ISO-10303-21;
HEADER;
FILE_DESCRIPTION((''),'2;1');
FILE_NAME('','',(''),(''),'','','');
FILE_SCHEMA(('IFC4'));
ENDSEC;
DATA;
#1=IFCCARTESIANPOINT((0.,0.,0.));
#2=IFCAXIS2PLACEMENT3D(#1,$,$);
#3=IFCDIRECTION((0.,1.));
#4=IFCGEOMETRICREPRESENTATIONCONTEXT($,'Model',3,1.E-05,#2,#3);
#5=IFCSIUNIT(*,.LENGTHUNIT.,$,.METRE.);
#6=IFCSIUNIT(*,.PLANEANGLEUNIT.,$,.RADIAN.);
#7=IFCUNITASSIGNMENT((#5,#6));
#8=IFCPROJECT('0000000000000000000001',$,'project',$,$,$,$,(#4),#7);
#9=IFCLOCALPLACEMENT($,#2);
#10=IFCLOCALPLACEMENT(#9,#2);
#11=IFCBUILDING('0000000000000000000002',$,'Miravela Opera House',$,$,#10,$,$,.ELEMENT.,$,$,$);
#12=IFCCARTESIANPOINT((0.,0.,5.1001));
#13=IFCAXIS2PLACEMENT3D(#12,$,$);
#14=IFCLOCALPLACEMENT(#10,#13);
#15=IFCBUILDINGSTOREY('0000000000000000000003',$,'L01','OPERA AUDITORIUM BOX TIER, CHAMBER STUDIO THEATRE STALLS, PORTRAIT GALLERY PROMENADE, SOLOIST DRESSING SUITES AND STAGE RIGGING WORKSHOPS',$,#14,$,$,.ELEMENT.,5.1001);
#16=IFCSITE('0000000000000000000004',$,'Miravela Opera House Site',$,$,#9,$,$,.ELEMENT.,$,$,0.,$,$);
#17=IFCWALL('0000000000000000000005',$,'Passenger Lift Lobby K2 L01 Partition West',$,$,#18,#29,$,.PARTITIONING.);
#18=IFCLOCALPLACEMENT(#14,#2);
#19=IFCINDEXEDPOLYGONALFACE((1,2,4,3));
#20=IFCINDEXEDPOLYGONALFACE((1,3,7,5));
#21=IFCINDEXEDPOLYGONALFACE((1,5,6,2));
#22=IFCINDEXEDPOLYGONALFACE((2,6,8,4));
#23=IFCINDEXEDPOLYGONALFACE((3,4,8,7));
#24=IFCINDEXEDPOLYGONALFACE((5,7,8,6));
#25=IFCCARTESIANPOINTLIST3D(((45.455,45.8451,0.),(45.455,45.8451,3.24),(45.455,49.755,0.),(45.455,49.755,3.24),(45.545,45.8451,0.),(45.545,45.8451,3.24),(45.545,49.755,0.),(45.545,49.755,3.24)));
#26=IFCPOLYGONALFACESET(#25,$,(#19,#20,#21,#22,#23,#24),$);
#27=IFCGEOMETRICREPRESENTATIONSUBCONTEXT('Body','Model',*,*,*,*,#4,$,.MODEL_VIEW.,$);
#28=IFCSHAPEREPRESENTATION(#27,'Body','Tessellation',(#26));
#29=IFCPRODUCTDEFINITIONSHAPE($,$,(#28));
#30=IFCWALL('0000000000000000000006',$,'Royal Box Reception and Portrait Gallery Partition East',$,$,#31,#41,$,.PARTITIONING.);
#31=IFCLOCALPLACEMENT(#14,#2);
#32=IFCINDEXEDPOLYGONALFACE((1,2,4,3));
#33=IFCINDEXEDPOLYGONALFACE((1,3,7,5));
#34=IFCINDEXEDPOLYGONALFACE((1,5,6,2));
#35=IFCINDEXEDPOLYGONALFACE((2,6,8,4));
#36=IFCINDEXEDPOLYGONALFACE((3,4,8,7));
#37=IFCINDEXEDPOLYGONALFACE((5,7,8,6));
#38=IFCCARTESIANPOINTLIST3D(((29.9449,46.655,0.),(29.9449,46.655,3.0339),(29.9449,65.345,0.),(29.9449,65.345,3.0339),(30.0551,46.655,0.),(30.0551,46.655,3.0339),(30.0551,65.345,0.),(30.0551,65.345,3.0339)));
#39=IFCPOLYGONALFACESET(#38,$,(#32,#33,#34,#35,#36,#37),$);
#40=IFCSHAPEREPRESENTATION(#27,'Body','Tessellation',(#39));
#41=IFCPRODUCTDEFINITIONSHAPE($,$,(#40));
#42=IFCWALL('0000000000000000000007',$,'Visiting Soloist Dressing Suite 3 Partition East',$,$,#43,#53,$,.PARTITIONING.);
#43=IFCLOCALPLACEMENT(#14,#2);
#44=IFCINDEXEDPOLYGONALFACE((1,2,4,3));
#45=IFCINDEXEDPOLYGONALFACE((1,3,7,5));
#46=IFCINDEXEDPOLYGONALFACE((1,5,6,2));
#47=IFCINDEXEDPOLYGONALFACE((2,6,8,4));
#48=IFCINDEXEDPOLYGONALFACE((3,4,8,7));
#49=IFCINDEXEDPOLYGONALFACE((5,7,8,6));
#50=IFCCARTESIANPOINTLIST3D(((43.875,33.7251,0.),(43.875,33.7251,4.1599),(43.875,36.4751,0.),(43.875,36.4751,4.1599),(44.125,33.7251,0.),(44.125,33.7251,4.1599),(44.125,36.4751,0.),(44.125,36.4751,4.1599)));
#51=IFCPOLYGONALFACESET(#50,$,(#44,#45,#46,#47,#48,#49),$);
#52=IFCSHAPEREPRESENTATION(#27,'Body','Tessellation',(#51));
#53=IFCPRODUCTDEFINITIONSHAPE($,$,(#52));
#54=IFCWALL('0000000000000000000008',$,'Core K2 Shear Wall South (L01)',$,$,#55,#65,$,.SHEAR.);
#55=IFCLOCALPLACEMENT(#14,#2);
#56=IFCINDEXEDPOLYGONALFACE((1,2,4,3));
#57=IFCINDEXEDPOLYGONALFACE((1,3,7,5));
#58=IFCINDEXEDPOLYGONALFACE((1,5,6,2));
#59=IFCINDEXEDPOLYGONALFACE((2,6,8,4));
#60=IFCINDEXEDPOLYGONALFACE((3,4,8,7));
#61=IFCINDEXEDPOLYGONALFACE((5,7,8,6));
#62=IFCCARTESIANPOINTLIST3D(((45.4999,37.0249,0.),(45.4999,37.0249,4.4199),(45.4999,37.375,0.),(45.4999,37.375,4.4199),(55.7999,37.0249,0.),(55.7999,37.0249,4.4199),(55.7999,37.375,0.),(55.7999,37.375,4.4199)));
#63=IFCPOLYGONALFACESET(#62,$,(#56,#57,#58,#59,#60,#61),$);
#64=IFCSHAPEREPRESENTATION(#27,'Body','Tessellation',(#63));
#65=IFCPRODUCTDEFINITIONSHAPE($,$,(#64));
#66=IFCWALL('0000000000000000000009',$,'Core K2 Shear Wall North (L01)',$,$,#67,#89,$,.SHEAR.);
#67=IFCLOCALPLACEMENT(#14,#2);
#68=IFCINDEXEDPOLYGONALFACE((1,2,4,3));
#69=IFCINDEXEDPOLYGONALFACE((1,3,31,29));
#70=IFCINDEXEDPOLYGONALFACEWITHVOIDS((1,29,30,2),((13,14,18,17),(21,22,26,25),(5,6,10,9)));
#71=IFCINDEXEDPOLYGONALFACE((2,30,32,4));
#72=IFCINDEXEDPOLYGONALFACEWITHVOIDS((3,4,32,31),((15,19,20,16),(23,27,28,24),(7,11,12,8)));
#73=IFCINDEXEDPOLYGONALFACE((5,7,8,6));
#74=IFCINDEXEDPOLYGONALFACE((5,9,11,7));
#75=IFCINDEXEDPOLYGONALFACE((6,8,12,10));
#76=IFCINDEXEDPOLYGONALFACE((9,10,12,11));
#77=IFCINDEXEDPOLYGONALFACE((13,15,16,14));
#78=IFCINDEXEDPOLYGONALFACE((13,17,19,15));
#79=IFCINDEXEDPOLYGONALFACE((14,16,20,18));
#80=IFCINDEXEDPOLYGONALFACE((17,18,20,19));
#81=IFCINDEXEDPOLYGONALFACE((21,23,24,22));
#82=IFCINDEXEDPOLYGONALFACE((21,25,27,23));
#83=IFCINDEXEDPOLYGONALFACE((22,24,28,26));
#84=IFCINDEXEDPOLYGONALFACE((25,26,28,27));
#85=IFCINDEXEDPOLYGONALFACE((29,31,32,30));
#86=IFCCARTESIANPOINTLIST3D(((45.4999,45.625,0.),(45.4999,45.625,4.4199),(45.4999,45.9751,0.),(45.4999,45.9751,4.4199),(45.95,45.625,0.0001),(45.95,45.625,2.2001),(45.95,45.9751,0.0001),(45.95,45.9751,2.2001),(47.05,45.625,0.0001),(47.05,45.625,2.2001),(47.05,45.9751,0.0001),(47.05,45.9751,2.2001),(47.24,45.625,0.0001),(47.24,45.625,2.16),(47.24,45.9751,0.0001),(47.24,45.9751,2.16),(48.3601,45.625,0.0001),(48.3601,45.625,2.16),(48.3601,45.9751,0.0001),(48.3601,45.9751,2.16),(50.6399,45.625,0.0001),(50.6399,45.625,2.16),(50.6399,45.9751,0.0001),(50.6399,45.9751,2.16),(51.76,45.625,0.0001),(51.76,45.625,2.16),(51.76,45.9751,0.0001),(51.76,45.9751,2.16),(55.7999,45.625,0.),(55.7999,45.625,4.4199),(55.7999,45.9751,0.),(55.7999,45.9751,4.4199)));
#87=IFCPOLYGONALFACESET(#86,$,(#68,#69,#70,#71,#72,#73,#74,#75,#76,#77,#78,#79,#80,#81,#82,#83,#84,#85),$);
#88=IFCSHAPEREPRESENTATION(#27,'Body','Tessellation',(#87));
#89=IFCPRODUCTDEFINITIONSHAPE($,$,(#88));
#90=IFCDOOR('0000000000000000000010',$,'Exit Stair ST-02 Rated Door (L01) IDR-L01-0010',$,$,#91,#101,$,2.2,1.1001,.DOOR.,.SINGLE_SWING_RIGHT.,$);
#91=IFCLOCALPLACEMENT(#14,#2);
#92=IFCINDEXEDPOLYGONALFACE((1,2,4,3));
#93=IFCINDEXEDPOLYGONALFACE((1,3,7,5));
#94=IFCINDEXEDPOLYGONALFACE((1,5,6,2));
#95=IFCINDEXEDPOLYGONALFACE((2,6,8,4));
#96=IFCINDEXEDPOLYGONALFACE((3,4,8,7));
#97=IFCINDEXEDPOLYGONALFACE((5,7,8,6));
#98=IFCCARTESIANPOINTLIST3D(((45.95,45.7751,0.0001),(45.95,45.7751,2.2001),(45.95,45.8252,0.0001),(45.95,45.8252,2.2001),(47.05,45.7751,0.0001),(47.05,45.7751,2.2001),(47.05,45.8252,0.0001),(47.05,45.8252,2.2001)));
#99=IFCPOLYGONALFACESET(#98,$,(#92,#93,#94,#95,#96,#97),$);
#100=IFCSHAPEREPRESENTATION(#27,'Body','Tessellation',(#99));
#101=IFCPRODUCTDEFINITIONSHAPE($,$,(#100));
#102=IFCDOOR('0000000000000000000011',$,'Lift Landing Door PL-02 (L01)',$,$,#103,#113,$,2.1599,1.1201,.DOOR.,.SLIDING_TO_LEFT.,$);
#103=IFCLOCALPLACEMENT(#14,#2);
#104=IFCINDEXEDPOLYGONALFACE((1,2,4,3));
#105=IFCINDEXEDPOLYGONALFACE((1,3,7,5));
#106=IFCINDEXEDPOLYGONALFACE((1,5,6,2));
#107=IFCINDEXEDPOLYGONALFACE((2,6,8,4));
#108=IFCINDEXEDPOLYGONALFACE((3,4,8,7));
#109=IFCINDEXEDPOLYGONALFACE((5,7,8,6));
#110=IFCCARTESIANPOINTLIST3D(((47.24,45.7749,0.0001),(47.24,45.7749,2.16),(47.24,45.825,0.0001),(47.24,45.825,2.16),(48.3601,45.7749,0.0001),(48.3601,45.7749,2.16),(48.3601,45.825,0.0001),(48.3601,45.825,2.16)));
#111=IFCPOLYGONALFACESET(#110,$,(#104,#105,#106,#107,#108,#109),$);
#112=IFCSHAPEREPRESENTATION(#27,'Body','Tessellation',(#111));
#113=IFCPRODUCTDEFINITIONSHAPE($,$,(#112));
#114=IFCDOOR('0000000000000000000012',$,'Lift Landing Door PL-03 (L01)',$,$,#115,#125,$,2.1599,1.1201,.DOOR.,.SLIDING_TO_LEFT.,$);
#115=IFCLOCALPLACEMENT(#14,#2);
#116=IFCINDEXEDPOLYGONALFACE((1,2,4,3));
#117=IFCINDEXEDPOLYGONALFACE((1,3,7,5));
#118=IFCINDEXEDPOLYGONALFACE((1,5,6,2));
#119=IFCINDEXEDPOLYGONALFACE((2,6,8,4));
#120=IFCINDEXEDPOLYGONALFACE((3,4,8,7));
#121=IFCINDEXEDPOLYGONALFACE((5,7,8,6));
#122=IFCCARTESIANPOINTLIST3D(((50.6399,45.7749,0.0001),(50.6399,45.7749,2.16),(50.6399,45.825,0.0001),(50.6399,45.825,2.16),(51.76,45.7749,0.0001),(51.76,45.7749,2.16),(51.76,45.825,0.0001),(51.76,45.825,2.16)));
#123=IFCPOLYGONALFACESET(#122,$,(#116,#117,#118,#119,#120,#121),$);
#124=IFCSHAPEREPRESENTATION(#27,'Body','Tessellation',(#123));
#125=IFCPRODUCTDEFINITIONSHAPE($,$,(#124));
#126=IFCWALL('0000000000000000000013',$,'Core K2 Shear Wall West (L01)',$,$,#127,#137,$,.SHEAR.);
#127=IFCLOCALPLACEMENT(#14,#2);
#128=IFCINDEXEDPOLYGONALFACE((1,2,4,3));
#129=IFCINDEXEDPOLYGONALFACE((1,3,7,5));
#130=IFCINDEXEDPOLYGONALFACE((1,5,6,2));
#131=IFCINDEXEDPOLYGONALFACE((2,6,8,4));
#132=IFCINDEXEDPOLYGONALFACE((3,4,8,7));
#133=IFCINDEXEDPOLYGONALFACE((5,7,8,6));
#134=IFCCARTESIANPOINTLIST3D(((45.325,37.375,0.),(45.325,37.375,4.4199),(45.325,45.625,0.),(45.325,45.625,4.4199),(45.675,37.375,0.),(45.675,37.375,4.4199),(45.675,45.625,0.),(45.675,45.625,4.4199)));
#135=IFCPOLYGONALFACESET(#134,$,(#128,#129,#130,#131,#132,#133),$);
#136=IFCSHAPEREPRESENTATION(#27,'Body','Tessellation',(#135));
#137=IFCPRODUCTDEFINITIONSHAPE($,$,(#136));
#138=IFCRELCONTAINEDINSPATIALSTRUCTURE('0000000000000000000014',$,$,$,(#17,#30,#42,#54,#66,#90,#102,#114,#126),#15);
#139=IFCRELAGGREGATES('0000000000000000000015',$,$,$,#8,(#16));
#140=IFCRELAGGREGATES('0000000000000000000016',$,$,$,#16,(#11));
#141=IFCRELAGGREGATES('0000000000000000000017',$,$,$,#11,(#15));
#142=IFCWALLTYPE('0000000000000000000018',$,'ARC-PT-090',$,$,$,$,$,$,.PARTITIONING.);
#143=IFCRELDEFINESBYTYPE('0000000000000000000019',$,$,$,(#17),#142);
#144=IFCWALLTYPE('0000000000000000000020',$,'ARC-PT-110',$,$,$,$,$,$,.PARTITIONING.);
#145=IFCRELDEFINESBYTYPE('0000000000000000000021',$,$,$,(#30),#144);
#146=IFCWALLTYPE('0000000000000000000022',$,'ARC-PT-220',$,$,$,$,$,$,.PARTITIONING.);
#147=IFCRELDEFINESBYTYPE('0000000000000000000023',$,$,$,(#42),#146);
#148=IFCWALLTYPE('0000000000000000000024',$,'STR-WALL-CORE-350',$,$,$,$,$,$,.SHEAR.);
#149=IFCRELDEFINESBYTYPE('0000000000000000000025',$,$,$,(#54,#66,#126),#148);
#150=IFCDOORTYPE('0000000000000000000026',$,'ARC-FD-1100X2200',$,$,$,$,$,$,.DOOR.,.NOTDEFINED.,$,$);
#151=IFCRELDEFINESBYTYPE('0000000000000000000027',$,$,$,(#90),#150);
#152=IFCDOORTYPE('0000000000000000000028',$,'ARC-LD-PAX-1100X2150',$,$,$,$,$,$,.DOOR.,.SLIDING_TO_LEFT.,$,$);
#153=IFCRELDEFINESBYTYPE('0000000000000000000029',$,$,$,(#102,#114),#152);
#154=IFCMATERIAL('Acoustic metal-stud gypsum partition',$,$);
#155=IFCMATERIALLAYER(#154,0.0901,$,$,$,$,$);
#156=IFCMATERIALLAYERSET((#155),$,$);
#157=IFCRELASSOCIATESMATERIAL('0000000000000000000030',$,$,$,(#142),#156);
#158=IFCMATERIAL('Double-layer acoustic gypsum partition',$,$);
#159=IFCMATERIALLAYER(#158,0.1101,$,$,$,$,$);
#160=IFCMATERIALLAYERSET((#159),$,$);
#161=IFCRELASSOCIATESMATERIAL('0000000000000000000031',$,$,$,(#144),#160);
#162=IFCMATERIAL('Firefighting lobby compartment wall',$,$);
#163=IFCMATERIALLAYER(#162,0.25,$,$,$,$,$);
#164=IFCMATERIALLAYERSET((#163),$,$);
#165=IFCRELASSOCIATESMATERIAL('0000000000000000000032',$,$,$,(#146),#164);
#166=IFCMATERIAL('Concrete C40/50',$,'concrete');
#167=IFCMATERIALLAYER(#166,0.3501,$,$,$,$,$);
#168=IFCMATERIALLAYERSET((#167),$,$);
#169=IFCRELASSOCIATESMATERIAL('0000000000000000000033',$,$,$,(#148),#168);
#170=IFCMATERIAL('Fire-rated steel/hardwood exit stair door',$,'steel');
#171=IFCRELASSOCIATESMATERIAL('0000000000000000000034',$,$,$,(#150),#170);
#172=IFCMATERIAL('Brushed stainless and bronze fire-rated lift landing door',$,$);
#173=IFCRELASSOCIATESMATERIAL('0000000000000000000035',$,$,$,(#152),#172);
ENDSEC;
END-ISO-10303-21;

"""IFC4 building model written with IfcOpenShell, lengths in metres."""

from ifc_helpers import new_model, si_unit, direction, frame, frame_2d, origin, place, context, subcontext, project, spatial, rectangle, extrude, material, layer, layer_set, type_object, element, fill, save


model = new_model("IFC4")

# Units and contexts
model_context = context("Model", 3, precision=1e-05, world=origin(), true_north=direction((0.0, 1.0)))
body_context = subcontext(model_context, "Body", "Model", "MODEL_VIEW")
ifc_project = project(units=[si_unit("LENGTHUNIT", "METRE"), si_unit("PLANEANGLEUNIT", "RADIAN")], contexts=[model_context])

# Site, building, storey
site_placement = place(None, origin())
site = spatial("IfcSite", under=ifc_project, at=site_placement, Name="Miravela Opera House Site", CompositionType="ELEMENT", RefElevation=0.0)
building_placement = place(site_placement, origin())
building = spatial("IfcBuilding", under=site, at=building_placement, Name="Miravela Opera House", CompositionType="ELEMENT")
storey_placement = place(building_placement, frame((0.0, 0.0, 5.1001)))
storey = spatial("IfcBuildingStorey", under=building, at=storey_placement, Name="L01", Description="OPERA AUDITORIUM BOX TIER, CHAMBER STUDIO THEATRE STALLS, PORTRAIT GALLERY PROMENADE, SOLOIST DRESSING SUITES AND STAGE RIGGING WORKSHOPS", CompositionType="ELEMENT", Elevation=5.1001)

# Shared definitions
ifc_material_1 = material(Name="Concrete C40/50", Category="concrete")

# Walls
ifc_material_2 = material(Name="Acoustic metal-stud gypsum partition")
ifc_layer_1 = layer(ifc_material_2, 0.0901)
ifc_layer_set_1 = layer_set([ifc_layer_1])
wall_type_1 = type_object("IfcWallType", Name="ARC-PT-090", PredefinedType="PARTITIONING", material=ifc_layer_set_1)
wall_1_placement = place(storey_placement, frame((45.5, 45.845, 0.0), z_axis=(0.0, 0.0, 1.0), x_axis=(0.0, 1.0, 0.0)))
element("IfcWall", 1, at=wall_1_placement, inside=storey, type_object=wall_type_1, Name="Passenger Lift Lobby K2 L01 Partition West", PredefinedType="PARTITIONING", context=body_context, shape_type="SweptSolid", body=[
    extrude(rectangle(XDim=3.9099, YDim=0.0901, at=frame_2d((1.9551, 0.0))), origin(), (0.0, 0.0, 1.0), 3.24),
])
ifc_material_3 = material(Name="Double-layer acoustic gypsum partition")
ifc_layer_2 = layer(ifc_material_3, 0.1101)
ifc_layer_set_2 = layer_set([ifc_layer_2])
wall_type_2 = type_object("IfcWallType", Name="ARC-PT-110", PredefinedType="PARTITIONING", material=ifc_layer_set_2)
wall_2_placement = place(storey_placement, frame((30.0, 46.655, 0.0), z_axis=(0.0, 0.0, 1.0), x_axis=(0.0, 1.0, 0.0)))
element("IfcWall", 2, at=wall_2_placement, inside=storey, type_object=wall_type_2, Name="Royal Box Reception and Portrait Gallery Partition East", PredefinedType="PARTITIONING", context=body_context, shape_type="SweptSolid", body=[
    extrude(rectangle(XDim=18.6899, YDim=0.1101, at=frame_2d((9.345, 0.0))), origin(), (0.0, 0.0, 1.0), 3.0339),
])
ifc_material_4 = material(Name="Firefighting lobby compartment wall")
ifc_layer_3 = layer(ifc_material_4, 0.25)
ifc_layer_set_3 = layer_set([ifc_layer_3])
wall_type_3 = type_object("IfcWallType", Name="ARC-PT-220", PredefinedType="PARTITIONING", material=ifc_layer_set_3)
wall_3_placement = place(storey_placement, frame((44.0, 33.7251, 0.0), z_axis=(0.0, 0.0, 1.0), x_axis=(0.0, 1.0, 0.0)))
element("IfcWall", 3, at=wall_3_placement, inside=storey, type_object=wall_type_3, Name="Visiting Soloist Dressing Suite 3 Partition East", PredefinedType="PARTITIONING", context=body_context, shape_type="SweptSolid", body=[
    extrude(rectangle(XDim=2.75, YDim=0.25, at=frame_2d((1.375, 0.0))), origin(), (0.0, 0.0, 1.0), 4.1599),
])
ifc_layer_4 = layer(ifc_material_1, 0.3501)
ifc_layer_set_4 = layer_set([ifc_layer_4])
wall_type_4 = type_object("IfcWallType", Name="STR-WALL-CORE-350", PredefinedType="SHEAR", material=ifc_layer_set_4)
wall_4_placement = place(storey_placement, frame((45.5, 37.2, 0.0), z_axis=(0.0, 0.0, 1.0), x_axis=(1.0, 0.0, 0.0)))
element("IfcWall", 4, at=wall_4_placement, inside=storey, type_object=wall_type_4, Name="Core K2 Shear Wall South (L01)", PredefinedType="SHEAR", context=body_context, shape_type="SweptSolid", body=[
    extrude(rectangle(XDim=10.3, YDim=0.3501, at=frame_2d((5.1499, 0.0))), origin(), (0.0, 0.0, 1.0), 4.4199),
])

# Wall, openings, doors
wall_5_placement = place(storey_placement, frame((45.5, 45.8, 0.0), z_axis=(0.0, 0.0, 1.0), x_axis=(1.0, 0.0, 0.0)))
wall_5 = element("IfcWall", 5, at=wall_5_placement, inside=storey, type_object=wall_type_4, Name="Core K2 Shear Wall North (L01)", PredefinedType="SHEAR", context=body_context, shape_type="SweptSolid", body=[
    extrude(rectangle(XDim=10.3, YDim=0.3501, at=frame_2d((5.1499, 0.0))), origin(), (0.0, 0.0, 1.0), 4.4199),
])
opening_1_placement = place(wall_5_placement, frame((0.45, 0.0, 0.0)))
opening_1 = element("IfcOpeningElement", 6, at=opening_1_placement, cuts=wall_5, PredefinedType="OPENING", context=body_context, shape_type="SweptSolid", body=[
    extrude(rectangle(XDim=1.1001, YDim=2.2, at=frame_2d((0.55, 1.1001))), frame((0.0, 0.1851, 0.0), z_axis=(0.0, -1.0, 0.0), x_axis=(1.0, 0.0, 0.0)), (0.0, 0.0, 1.0), 0.3701),
])
opening_2_placement = place(wall_5_placement, frame((1.74, 0.0, 0.0)))
opening_2 = element("IfcOpeningElement", 7, at=opening_2_placement, cuts=wall_5, PredefinedType="OPENING", context=body_context, shape_type="SweptSolid", body=[
    extrude(rectangle(XDim=1.1201, YDim=2.1599, at=frame_2d((0.5601, 1.0801))), frame((0.0, 0.1851, 0.0), z_axis=(0.0, -1.0, 0.0), x_axis=(1.0, 0.0, 0.0)), (0.0, 0.0, 1.0), 0.3701),
])
opening_3_placement = place(wall_5_placement, frame((5.1399, 0.0, 0.0)))
opening_3 = element("IfcOpeningElement", 8, at=opening_3_placement, cuts=wall_5, PredefinedType="OPENING", context=body_context, shape_type="SweptSolid", body=[
    extrude(rectangle(XDim=1.1201, YDim=2.1599, at=frame_2d((0.5601, 1.0801))), frame((0.0, 0.1851, 0.0), z_axis=(0.0, -1.0, 0.0), x_axis=(1.0, 0.0, 0.0)), (0.0, 0.0, 1.0), 0.3701),
])
ifc_material_5 = material(Name="Fire-rated steel/hardwood exit stair door", Category="steel")
door_type_1 = type_object("IfcDoorType", Name="ARC-FD-1100X2200", OperationType="NOTDEFINED", PredefinedType="DOOR", material=ifc_material_5)
door_1_placement = place(opening_1_placement, frame((1.1001, 0.0, 0.0), z_axis=(0.0, 0.0, 1.0), x_axis=(-1.0, 0.0, 0.0)))
door_1 = element("IfcDoor", 9, at=door_1_placement, inside=storey, type_object=door_type_1, Name="Exit Stair ST-02 Rated Door (L01) IDR-L01-0010", OperationType="SINGLE_SWING_RIGHT", OverallHeight=2.2, OverallWidth=1.1001, PredefinedType="DOOR", context=body_context, shape_type="SweptSolid", body=[
    extrude(rectangle(XDim=1.1001, YDim=2.2, at=frame_2d((0.55, 1.1001))), frame((0.0, 0.0249, 0.0), z_axis=(0.0, -1.0, 0.0), x_axis=(1.0, 0.0, 0.0)), (0.0, 0.0, 1.0), 0.05),
])
fill(opening_1, door_1)
ifc_material_6 = material(Name="Brushed stainless and bronze fire-rated lift landing door")
door_type_2 = type_object("IfcDoorType", Name="ARC-LD-PAX-1100X2150", OperationType="SLIDING_TO_LEFT", PredefinedType="DOOR", material=ifc_material_6)
door_2_placement = place(opening_2_placement, origin())
door_2 = element("IfcDoor", 10, at=door_2_placement, inside=storey, type_object=door_type_2, Name="Lift Landing Door PL-02 (L01)", OperationType="SLIDING_TO_LEFT", OverallHeight=2.1599, OverallWidth=1.1201, PredefinedType="DOOR", context=body_context, shape_type="SweptSolid", body=[
    extrude(rectangle(XDim=1.1201, YDim=2.1599, at=frame_2d((0.5601, 1.0801))), frame((0.0, 0.0249, 0.0), z_axis=(0.0, -1.0, 0.0), x_axis=(1.0, 0.0, 0.0)), (0.0, 0.0, 1.0), 0.05),
])
fill(opening_2, door_2)
door_3_placement = place(opening_3_placement, origin())
door_3 = element("IfcDoor", 11, at=door_3_placement, inside=storey, type_object=door_type_2, Name="Lift Landing Door PL-03 (L01)", OperationType="SLIDING_TO_LEFT", OverallHeight=2.1599, OverallWidth=1.1201, PredefinedType="DOOR", context=body_context, shape_type="SweptSolid", body=[
    extrude(rectangle(XDim=1.1201, YDim=2.1599, at=frame_2d((0.5601, 1.0801))), frame((0.0, 0.0249, 0.0), z_axis=(0.0, -1.0, 0.0), x_axis=(1.0, 0.0, 0.0)), (0.0, 0.0, 1.0), 0.05),
])
fill(opening_3, door_3)

# Wall
wall_6_placement = place(storey_placement, frame((45.5, 37.375, 0.0), z_axis=(0.0, 0.0, 1.0), x_axis=(0.0, 1.0, 0.0)))
element("IfcWall", 12, at=wall_6_placement, inside=storey, type_object=wall_type_4, Name="Core K2 Shear Wall West (L01)", PredefinedType="SHEAR", context=body_context, shape_type="SweptSolid", body=[
    extrude(rectangle(XDim=8.25, YDim=0.3501, at=frame_2d((4.125, 0.0))), origin(), (0.0, 0.0, 1.0), 4.4199),
])

save(model, "model.ifc")
